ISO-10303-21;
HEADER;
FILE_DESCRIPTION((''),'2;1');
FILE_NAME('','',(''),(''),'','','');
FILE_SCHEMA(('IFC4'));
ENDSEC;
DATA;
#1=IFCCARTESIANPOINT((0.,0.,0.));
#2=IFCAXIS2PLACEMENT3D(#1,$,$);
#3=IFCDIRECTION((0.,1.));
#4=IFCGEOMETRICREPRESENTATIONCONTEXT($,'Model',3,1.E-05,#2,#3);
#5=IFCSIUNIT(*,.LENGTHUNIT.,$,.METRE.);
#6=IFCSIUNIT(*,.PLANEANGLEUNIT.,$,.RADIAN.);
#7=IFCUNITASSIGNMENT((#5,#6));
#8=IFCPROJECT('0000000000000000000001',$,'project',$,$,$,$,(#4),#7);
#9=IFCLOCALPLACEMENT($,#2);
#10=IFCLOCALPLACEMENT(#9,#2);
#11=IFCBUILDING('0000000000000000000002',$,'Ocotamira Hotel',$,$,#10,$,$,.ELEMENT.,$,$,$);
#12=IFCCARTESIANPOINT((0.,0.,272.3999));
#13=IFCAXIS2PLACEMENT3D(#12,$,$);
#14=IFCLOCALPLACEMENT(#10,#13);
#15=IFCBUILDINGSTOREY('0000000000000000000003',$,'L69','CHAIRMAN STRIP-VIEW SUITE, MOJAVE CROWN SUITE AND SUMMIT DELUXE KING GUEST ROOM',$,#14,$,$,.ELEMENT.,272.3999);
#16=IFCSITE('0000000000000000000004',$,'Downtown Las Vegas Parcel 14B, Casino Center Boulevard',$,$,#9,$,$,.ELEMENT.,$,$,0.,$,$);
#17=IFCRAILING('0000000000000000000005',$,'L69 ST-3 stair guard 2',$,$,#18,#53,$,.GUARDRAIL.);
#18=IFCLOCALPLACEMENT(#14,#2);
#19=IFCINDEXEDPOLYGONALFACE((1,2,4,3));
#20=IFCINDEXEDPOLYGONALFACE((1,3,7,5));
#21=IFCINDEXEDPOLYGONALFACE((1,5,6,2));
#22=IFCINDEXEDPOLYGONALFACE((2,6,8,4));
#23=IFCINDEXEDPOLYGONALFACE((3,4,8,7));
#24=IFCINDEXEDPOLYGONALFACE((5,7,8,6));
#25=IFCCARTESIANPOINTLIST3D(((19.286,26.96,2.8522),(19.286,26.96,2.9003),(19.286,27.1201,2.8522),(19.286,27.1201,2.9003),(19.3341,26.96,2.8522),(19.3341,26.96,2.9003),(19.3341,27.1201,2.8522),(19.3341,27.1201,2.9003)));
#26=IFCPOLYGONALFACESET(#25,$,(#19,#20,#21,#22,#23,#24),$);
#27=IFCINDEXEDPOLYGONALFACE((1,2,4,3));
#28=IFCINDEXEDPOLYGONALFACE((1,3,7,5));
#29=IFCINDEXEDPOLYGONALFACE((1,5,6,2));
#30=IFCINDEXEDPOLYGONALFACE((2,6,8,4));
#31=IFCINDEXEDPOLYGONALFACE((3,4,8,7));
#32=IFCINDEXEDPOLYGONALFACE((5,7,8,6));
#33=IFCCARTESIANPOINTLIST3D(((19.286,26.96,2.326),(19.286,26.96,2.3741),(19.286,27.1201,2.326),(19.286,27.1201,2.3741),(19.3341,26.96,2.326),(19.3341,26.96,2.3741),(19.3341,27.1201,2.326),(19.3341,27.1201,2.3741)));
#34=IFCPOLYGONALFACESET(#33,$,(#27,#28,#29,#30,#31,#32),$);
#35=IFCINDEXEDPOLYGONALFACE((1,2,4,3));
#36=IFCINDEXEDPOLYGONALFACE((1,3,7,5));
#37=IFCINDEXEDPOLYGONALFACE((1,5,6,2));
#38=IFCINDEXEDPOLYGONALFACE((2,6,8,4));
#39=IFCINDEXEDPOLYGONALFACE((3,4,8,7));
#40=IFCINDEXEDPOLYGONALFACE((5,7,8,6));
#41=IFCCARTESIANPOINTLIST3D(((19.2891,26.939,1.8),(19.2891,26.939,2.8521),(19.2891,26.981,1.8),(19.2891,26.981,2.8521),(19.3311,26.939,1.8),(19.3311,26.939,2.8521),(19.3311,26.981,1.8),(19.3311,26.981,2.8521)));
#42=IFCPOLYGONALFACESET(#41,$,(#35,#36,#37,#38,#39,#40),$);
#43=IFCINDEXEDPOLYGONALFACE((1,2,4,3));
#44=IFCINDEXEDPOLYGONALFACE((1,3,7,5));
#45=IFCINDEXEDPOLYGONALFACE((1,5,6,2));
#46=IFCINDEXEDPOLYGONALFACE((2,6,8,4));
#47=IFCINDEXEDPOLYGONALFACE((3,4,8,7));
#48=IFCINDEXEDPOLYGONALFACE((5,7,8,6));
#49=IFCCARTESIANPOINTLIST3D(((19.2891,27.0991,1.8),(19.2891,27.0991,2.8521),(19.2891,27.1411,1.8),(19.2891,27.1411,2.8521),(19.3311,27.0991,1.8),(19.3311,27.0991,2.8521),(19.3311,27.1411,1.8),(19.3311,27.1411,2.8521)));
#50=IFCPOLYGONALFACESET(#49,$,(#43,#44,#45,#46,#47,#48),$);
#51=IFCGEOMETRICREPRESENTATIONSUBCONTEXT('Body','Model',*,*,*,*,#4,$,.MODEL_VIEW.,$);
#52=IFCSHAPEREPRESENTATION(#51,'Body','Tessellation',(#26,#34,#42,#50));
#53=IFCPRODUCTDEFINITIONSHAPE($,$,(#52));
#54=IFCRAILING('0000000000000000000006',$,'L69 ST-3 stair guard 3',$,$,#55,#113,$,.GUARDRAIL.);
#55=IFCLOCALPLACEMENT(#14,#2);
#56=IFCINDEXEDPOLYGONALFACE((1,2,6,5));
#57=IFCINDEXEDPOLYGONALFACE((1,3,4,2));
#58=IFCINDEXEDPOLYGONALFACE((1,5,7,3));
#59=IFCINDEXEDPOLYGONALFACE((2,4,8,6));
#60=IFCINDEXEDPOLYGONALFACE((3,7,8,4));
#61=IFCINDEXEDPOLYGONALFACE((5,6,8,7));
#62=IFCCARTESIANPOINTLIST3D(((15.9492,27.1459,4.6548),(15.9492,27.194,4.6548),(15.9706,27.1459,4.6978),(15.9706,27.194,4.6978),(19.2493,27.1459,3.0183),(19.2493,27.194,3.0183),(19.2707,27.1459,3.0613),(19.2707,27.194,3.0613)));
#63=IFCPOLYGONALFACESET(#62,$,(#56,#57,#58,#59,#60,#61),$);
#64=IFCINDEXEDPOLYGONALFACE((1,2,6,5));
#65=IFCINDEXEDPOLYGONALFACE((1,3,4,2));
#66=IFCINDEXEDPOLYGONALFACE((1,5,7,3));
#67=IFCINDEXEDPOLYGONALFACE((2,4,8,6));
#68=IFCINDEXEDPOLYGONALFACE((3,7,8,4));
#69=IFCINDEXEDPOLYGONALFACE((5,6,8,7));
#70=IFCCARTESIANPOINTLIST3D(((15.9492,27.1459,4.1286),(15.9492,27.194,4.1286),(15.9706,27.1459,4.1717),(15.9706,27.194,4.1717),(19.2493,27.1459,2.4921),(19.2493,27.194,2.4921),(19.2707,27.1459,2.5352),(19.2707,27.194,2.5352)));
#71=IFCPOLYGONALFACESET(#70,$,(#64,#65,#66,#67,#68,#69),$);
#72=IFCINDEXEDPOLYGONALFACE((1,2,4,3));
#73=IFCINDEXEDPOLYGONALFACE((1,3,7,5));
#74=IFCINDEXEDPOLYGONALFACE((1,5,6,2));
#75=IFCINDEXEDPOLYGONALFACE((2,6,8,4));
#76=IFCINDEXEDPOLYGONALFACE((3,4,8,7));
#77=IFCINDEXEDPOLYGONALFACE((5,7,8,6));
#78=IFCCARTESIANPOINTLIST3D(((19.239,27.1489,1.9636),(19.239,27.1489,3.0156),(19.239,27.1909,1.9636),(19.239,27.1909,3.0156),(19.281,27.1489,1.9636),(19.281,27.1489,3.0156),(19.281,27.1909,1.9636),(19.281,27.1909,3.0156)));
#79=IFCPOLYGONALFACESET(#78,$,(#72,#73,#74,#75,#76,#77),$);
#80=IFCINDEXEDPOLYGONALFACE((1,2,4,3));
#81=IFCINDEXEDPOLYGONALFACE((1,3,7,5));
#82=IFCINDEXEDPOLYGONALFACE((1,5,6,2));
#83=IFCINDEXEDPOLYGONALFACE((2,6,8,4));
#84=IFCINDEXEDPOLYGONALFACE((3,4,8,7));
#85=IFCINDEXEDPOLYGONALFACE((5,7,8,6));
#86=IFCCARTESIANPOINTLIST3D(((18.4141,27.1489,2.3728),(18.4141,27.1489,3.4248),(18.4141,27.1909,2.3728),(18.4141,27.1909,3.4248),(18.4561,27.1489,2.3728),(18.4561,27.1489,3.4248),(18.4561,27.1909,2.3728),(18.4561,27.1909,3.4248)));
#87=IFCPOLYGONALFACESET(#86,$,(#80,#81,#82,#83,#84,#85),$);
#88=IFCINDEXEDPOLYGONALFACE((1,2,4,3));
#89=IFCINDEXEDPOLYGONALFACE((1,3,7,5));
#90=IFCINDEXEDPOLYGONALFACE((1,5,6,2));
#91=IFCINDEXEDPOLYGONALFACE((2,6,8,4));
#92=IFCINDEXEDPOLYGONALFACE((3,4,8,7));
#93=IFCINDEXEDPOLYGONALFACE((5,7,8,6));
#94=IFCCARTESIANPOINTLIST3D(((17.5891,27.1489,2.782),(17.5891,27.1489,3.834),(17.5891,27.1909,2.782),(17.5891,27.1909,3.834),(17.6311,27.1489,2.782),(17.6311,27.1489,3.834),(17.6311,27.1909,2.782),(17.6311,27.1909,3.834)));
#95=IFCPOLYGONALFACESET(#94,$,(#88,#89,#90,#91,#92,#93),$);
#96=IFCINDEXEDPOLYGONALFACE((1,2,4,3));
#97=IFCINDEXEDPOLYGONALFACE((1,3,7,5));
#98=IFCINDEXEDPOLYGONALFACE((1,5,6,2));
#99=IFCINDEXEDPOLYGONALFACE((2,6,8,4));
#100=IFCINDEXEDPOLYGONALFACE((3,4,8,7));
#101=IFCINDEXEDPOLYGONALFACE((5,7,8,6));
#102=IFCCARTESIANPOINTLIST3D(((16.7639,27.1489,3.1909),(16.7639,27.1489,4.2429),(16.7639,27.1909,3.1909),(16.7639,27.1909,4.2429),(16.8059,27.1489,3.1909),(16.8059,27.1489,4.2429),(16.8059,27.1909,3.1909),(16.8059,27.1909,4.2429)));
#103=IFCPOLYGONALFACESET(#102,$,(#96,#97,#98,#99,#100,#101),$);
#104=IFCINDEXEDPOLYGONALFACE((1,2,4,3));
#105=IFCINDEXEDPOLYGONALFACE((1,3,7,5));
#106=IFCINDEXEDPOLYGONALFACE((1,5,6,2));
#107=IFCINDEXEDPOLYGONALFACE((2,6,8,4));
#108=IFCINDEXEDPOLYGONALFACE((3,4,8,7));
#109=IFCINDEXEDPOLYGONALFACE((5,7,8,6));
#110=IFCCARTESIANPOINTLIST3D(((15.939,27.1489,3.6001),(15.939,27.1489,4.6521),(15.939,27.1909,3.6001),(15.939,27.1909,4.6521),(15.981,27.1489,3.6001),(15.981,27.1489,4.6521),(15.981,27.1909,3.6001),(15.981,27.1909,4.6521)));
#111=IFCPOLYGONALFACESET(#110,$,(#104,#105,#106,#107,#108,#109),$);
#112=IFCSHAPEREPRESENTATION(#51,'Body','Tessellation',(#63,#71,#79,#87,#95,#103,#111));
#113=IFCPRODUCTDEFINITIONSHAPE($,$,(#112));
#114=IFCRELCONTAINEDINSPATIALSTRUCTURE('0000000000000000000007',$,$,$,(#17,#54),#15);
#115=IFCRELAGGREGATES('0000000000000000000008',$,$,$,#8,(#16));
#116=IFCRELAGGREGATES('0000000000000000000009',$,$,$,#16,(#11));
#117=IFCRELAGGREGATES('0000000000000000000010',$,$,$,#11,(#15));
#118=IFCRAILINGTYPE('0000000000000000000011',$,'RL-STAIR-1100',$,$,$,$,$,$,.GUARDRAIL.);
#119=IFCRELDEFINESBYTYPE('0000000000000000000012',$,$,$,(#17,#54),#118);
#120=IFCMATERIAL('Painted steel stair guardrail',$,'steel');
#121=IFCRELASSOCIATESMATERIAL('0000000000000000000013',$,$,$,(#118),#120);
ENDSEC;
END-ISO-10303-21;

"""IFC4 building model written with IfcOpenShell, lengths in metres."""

from ifc_helpers import new_model, si_unit, direction, frame, origin, origin_2d, place, context, subcontext, project, spatial, rectangle, extrude, material, type_object, element, save


model = new_model("IFC4")

# Units and contexts
model_context = context("Model", 3, precision=1e-05, world=origin(), true_north=direction((0.0, 1.0)))
body_context = subcontext(model_context, "Body", "Model", "MODEL_VIEW")
ifc_project = project(units=[si_unit("LENGTHUNIT", "METRE"), si_unit("PLANEANGLEUNIT", "RADIAN")], contexts=[model_context])

# Site, building, storey
site_placement = place(None, origin())
site = spatial("IfcSite", under=ifc_project, at=site_placement, Name="Downtown Las Vegas Parcel 14B, Casino Center Boulevard", CompositionType="ELEMENT", RefElevation=0.0)
building_placement = place(site_placement, origin())
building = spatial("IfcBuilding", under=site, at=building_placement, Name="Ocotamira Hotel", CompositionType="ELEMENT")
storey_placement = place(building_placement, frame((0.0, 0.0, 272.3999)))
storey = spatial("IfcBuildingStorey", under=building, at=storey_placement, Name="L69", Description="CHAIRMAN STRIP-VIEW SUITE, MOJAVE CROWN SUITE AND SUMMIT DELUXE KING GUEST ROOM", CompositionType="ELEMENT", Elevation=272.3999)

# Railings
ifc_material_1 = material(Name="Painted steel stair guardrail", Category="steel")
railing_type_1 = type_object("IfcRailingType", Name="RL-STAIR-1100", PredefinedType="GUARDRAIL", material=ifc_material_1)
railing_1_placement = place(storey_placement, frame((19.3101, 26.96, 1.8)))
element("IfcRailing", 1, at=railing_1_placement, inside=storey, type_object=railing_type_1, Name="L69 ST-3 stair guard 2", PredefinedType="GUARDRAIL", context=body_context, shape_type="SweptSolid", body=[
    extrude(rectangle(XDim=0.0481, YDim=0.0481, at=origin_2d()), frame((0.0, 0.0, 1.0762), z_axis=(0.0, 1.0, 0.0), x_axis=(-1.0, 0.0, 0.0)), (0.0, 0.0, 1.0), 0.1602),
    extrude(rectangle(XDim=0.0481, YDim=0.0481, at=origin_2d()), frame((0.0, 0.0, 0.55), z_axis=(0.0, 1.0, 0.0), x_axis=(-1.0, 0.0, 0.0)), (0.0, 0.0, 1.0), 0.1602),
    extrude(rectangle(XDim=0.042, YDim=0.042, at=origin_2d()), origin(), (0.0, 0.0, 1.0), 1.052),
    extrude(rectangle(XDim=0.042, YDim=0.042, at=origin_2d()), frame((0.0, 0.1602, 0.0)), (0.0, 0.0, 1.0), 1.052),
])
railing_2_placement = place(storey_placement, frame((19.26, 27.1699, 1.9636)))
element("IfcRailing", 2, at=railing_2_placement, inside=storey, type_object=railing_type_1, Name="L69 ST-3 stair guard 3", PredefinedType="GUARDRAIL", context=body_context, shape_type="SweptSolid", body=[
    extrude(rectangle(XDim=0.0481, YDim=0.0481, at=origin_2d()), frame((0.0, 0.0, 1.0762), z_axis=(-0.895894, 0.0, 0.444268), x_axis=(0.0, -1.0, 0.0)), (0.0, 0.0, 1.0), 3.6836),
    extrude(rectangle(XDim=0.0481, YDim=0.0481, at=origin_2d()), frame((0.0, 0.0, 0.55), z_axis=(-0.895894, 0.0, 0.444268), x_axis=(0.0, -1.0, 0.0)), (0.0, 0.0, 1.0), 3.6836),
    extrude(rectangle(XDim=0.042, YDim=0.042, at=origin_2d()), origin(), (0.0, 0.0, 1.0), 1.052),
    extrude(rectangle(XDim=0.042, YDim=0.042, at=origin_2d()), frame((-0.825, 0.0, 0.4092)), (0.0, 0.0, 1.0), 1.052),
    extrude(rectangle(XDim=0.042, YDim=0.042, at=origin_2d()), frame((-1.6499, 0.0, 0.8184)), (0.0, 0.0, 1.0), 1.052),
    extrude(rectangle(XDim=0.042, YDim=0.042, at=origin_2d()), frame((-2.4751, 0.0, 1.2273)), (0.0, 0.0, 1.0), 1.052),
    extrude(rectangle(XDim=0.042, YDim=0.042, at=origin_2d()), frame((-3.3, 0.0, 1.6365)), (0.0, 0.0, 1.0), 1.052),
])

save(model, "model.ifc")
